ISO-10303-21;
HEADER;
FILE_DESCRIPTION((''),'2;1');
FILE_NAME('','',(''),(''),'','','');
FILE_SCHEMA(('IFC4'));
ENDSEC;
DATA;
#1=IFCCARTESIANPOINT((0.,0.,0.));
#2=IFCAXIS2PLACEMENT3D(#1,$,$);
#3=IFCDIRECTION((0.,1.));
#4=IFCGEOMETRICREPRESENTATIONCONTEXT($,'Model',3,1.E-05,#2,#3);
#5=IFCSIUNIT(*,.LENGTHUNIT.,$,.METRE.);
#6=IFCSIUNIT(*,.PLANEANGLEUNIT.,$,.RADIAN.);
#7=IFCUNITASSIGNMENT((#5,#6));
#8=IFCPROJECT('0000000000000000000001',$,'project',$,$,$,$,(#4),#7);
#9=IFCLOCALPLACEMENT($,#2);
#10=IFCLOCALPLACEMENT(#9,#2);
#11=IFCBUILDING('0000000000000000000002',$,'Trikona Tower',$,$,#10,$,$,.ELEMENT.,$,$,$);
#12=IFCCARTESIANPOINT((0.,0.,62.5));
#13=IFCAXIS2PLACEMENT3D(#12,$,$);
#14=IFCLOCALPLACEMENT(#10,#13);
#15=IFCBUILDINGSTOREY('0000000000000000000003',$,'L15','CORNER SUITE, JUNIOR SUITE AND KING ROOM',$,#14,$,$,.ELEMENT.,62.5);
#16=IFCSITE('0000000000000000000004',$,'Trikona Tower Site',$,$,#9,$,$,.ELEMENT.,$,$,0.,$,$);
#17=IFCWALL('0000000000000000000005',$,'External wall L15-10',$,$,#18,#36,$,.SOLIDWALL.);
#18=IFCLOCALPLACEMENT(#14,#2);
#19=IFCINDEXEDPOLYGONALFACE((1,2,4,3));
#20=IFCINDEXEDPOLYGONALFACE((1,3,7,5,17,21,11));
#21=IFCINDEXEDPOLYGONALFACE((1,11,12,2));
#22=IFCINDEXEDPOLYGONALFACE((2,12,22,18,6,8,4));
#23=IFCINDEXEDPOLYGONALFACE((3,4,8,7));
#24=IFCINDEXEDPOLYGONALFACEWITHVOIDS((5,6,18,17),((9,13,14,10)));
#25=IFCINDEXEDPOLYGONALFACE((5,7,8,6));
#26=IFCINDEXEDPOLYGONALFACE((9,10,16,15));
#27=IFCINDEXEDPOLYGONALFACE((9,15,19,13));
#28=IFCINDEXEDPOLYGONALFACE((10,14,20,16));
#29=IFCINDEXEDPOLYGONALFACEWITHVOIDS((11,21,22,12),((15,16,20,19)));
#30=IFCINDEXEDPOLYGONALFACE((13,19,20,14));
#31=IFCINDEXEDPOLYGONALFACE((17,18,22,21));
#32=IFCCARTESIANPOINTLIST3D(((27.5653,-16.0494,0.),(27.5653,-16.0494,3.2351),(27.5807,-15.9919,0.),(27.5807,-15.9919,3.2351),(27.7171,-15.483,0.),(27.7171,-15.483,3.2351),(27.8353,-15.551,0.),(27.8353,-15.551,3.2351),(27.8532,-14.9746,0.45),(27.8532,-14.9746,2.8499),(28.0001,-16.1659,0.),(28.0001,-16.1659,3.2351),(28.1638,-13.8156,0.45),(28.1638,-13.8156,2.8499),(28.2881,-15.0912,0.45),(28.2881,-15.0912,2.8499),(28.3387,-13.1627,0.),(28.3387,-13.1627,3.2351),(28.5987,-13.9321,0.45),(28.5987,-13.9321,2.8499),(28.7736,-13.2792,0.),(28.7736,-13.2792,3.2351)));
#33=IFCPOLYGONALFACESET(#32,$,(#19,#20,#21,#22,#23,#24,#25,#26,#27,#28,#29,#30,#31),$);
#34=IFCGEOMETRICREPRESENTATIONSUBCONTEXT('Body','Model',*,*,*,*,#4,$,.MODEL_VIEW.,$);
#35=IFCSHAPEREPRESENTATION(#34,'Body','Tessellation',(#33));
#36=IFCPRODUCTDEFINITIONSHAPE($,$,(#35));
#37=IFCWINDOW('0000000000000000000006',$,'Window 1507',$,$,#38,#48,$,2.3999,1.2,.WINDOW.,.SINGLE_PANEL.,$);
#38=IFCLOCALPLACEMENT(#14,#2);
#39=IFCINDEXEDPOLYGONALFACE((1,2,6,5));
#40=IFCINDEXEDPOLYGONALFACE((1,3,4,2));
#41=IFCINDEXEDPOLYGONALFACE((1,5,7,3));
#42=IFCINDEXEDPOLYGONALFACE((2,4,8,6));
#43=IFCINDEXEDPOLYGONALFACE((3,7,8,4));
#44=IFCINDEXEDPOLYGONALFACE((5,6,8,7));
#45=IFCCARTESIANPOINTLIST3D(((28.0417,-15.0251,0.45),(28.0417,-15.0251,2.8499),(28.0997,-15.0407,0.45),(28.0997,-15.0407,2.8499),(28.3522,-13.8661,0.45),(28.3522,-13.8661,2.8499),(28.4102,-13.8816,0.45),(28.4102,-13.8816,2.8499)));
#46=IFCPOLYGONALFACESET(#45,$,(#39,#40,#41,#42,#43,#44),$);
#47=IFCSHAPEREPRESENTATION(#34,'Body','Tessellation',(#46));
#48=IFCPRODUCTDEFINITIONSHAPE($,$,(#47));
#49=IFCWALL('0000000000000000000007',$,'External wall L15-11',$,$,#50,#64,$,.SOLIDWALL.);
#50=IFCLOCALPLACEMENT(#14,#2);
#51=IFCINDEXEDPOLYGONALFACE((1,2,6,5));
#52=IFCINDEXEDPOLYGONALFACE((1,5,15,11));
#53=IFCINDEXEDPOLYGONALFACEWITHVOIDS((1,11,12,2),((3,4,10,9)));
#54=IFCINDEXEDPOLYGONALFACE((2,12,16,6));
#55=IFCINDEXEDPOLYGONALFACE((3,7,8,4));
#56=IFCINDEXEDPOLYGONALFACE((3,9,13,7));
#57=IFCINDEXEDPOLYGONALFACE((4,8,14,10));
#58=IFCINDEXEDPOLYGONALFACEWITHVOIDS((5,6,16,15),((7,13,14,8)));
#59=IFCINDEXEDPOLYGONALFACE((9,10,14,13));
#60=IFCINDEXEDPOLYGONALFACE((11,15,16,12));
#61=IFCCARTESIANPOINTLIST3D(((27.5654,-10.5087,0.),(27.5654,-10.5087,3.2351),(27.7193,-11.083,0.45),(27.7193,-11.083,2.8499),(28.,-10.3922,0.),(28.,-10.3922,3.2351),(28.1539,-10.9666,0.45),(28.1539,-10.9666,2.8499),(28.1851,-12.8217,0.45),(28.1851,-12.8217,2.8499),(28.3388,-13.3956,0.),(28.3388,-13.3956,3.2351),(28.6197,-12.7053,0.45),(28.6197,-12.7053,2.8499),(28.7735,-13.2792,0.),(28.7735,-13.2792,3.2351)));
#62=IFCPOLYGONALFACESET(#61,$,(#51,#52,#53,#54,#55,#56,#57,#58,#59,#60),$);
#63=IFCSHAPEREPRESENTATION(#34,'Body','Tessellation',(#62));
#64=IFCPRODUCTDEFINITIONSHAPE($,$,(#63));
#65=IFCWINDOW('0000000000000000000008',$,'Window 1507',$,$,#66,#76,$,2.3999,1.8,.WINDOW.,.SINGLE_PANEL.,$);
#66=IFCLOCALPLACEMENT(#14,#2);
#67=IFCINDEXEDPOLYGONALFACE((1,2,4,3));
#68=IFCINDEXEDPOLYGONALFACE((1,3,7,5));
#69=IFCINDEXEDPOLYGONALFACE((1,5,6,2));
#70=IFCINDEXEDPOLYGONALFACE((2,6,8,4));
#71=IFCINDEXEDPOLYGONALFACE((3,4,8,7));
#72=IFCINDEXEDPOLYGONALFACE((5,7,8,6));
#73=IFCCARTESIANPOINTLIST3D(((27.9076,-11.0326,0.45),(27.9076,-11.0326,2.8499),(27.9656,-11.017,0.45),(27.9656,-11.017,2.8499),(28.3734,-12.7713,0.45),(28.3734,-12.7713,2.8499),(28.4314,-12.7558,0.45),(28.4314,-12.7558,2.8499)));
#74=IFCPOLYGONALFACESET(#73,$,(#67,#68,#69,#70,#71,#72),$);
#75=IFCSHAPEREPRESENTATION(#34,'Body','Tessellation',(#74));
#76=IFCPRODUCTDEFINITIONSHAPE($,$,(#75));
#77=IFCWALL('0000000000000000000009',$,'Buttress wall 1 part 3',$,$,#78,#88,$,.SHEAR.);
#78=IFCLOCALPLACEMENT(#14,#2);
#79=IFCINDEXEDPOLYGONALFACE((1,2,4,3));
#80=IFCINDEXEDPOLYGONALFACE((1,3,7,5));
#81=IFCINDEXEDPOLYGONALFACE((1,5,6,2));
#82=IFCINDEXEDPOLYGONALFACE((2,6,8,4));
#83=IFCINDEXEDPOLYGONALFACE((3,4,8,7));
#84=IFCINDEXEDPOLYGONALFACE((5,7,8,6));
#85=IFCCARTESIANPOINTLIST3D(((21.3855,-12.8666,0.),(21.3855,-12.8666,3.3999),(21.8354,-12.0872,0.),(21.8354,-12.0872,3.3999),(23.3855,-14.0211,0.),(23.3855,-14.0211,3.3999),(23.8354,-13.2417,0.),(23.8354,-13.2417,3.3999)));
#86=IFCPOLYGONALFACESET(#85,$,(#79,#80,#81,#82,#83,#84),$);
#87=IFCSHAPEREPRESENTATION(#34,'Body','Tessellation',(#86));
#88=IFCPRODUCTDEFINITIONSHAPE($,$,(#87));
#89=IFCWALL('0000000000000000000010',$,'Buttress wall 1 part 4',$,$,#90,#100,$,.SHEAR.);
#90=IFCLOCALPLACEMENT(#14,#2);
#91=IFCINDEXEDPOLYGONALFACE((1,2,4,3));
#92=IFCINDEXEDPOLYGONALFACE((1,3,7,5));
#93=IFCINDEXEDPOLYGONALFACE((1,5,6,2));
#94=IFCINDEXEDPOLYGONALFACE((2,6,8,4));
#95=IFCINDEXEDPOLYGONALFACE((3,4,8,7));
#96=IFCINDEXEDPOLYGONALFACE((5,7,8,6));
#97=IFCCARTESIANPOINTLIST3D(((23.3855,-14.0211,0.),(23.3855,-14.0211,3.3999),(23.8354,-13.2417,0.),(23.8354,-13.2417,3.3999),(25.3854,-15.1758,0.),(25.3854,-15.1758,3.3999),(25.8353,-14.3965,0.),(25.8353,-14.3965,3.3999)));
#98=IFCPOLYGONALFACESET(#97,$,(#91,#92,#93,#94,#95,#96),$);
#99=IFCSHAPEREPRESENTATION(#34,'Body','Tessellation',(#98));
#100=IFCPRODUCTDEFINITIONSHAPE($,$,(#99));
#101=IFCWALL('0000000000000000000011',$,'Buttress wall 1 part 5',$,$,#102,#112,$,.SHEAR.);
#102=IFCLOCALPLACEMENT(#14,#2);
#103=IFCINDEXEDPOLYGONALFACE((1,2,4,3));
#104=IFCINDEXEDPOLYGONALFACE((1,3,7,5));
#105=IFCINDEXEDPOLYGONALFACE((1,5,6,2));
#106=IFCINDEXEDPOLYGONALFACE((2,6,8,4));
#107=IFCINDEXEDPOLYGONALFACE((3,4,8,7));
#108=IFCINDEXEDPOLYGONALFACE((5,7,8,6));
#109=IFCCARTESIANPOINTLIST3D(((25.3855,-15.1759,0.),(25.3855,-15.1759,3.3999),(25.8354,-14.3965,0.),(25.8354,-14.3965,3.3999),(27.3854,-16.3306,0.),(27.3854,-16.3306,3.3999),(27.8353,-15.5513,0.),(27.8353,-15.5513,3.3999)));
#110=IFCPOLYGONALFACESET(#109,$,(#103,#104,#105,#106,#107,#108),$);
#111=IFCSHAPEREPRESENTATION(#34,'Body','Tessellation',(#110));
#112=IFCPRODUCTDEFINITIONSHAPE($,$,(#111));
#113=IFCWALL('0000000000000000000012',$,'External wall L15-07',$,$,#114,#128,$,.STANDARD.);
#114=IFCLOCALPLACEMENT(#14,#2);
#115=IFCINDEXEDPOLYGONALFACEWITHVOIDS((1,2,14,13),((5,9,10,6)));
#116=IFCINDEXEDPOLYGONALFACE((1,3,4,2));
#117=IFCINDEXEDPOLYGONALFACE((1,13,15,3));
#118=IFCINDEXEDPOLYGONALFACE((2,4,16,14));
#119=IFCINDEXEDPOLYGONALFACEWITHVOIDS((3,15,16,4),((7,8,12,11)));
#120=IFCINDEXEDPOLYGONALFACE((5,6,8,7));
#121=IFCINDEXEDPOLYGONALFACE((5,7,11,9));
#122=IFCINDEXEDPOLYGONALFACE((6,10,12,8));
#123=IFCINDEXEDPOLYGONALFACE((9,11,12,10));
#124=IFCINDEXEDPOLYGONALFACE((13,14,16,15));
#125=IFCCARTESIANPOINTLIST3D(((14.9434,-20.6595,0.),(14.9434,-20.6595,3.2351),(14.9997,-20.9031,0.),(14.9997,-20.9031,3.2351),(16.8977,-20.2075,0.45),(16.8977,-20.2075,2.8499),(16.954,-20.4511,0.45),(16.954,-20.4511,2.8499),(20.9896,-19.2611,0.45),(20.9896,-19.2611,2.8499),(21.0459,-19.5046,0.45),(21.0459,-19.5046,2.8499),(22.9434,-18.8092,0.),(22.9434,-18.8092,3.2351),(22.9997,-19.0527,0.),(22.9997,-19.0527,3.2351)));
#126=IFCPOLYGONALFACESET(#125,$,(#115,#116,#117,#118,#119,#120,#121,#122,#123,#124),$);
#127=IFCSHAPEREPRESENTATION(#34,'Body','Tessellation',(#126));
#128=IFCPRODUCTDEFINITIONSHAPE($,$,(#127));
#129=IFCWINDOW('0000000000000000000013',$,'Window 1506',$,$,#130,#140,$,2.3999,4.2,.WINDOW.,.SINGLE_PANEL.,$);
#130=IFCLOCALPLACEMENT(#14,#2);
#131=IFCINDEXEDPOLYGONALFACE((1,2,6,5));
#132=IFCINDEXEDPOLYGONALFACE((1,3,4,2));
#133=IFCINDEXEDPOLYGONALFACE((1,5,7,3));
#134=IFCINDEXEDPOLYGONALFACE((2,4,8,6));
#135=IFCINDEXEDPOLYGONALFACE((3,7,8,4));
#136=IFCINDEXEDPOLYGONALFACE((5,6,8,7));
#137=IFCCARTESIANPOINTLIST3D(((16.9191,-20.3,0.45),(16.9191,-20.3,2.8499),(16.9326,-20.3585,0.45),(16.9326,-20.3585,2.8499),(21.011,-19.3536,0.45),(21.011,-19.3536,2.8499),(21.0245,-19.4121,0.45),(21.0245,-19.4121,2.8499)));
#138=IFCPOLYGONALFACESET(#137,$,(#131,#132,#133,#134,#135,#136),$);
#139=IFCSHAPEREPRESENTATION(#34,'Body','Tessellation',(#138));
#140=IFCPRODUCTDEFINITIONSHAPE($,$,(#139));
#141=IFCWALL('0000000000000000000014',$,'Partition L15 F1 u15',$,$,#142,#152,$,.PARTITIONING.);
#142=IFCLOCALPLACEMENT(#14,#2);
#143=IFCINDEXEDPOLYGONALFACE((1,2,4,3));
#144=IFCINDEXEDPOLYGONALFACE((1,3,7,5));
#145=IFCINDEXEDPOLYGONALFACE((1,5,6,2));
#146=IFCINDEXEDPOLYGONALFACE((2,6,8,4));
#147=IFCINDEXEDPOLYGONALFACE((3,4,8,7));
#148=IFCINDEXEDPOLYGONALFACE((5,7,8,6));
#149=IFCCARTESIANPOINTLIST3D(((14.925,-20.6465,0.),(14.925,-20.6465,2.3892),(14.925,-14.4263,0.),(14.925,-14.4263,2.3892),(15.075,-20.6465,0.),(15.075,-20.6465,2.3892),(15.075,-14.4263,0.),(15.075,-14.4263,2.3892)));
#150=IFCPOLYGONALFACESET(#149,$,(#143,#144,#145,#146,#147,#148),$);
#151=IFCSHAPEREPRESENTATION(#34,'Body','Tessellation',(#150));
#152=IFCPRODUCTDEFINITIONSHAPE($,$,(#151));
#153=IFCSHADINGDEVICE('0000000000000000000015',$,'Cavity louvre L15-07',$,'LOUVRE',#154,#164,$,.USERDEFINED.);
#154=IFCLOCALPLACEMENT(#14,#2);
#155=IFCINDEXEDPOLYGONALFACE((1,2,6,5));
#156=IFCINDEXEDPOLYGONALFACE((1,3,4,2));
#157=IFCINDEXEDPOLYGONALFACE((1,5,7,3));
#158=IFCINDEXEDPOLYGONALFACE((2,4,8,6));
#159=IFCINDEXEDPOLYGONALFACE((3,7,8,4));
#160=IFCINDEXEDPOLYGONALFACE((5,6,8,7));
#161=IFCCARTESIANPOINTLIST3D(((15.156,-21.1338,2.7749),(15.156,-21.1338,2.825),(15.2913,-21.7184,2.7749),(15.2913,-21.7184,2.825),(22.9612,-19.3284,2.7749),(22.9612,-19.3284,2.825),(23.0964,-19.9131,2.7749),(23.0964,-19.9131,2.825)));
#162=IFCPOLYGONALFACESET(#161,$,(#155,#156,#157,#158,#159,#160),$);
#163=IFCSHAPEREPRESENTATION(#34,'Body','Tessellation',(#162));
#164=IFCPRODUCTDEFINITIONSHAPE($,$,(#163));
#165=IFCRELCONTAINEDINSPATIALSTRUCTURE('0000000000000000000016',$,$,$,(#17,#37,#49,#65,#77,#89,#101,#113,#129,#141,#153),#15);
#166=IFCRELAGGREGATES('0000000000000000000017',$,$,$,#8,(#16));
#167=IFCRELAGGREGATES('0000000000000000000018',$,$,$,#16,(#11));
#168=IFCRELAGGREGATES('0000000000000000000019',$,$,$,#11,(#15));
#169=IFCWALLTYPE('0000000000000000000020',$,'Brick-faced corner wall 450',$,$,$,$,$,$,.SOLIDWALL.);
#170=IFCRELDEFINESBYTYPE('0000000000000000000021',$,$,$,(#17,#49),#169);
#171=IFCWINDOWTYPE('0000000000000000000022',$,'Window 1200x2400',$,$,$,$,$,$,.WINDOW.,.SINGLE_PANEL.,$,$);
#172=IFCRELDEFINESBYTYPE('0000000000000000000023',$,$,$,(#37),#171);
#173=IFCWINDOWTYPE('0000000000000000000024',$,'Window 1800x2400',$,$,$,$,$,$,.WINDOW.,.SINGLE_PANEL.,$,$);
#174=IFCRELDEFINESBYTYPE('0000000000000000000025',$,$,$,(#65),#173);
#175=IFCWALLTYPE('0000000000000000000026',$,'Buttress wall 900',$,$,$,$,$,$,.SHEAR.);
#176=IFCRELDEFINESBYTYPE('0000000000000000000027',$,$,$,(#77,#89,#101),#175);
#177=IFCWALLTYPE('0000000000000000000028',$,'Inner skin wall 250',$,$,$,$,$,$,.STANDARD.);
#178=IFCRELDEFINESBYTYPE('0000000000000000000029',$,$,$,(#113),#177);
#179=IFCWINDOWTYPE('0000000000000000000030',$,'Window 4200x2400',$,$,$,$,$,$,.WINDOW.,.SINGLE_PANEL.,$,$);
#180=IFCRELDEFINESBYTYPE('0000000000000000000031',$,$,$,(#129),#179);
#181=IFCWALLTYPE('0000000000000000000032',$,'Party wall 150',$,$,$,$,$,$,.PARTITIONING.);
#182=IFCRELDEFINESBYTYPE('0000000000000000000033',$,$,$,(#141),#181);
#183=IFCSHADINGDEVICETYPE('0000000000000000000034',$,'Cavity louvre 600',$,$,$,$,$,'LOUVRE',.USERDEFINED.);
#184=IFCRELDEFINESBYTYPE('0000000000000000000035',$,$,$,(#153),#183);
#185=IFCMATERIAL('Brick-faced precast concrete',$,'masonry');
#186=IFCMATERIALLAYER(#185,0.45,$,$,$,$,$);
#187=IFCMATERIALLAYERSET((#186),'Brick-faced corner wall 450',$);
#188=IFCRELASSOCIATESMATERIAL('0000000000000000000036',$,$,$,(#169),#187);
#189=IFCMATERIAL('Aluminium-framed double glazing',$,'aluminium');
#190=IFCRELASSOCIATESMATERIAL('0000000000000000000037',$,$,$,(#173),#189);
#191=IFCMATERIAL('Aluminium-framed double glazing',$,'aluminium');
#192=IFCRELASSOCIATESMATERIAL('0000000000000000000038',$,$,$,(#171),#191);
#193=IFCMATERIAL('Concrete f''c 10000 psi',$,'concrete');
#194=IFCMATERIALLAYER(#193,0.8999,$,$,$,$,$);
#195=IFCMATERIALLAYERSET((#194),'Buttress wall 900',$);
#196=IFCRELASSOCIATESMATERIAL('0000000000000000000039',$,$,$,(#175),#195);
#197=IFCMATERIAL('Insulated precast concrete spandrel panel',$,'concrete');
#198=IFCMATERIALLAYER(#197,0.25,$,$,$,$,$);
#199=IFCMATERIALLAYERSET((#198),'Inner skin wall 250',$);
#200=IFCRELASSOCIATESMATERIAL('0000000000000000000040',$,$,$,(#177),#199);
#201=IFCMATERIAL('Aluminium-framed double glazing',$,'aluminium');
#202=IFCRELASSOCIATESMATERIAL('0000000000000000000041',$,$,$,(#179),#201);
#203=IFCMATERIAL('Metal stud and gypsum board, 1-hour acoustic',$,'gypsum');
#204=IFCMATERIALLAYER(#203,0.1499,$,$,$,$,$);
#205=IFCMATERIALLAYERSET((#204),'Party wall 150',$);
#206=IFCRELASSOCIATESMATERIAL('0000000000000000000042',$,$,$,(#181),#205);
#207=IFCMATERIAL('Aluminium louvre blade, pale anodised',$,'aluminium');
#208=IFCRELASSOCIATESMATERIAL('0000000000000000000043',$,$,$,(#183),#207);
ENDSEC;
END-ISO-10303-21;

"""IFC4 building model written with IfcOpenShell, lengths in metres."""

from ifc_helpers import new_model, si_unit, direction, frame, frame_2d, origin, origin_2d, place, context, subcontext, project, spatial, polyline, rectangle, outline, extrude, material, layer, layer_set, type_object, element, fill, save


model = new_model("IFC4")

# Units and contexts
model_context = context("Model", 3, precision=1e-05, world=origin(), true_north=direction((0.0, 1.0)))
body_context = subcontext(model_context, "Body", "Model", "MODEL_VIEW")
ifc_project = project(units=[si_unit("LENGTHUNIT", "METRE"), si_unit("PLANEANGLEUNIT", "RADIAN")], contexts=[model_context])

# Site, building, storey
site_placement = place(None, origin())
site = spatial("IfcSite", under=ifc_project, at=site_placement, Name="Trikona Tower Site", CompositionType="ELEMENT", RefElevation=0.0)
building_placement = place(site_placement, origin())
building = spatial("IfcBuilding", under=site, at=building_placement, Name="Trikona Tower", CompositionType="ELEMENT")
storey_placement = place(building_placement, frame((0.0, 0.0, 62.5)))
storey = spatial("IfcBuildingStorey", under=building, at=storey_placement, Name="L15", Description="CORNER SUITE, JUNIOR SUITE AND KING ROOM", CompositionType="ELEMENT", Elevation=62.5)

# Walls, openings, windows
ifc_material_1 = material(Name="Brick-faced precast concrete", Category="masonry")
ifc_layer_1 = layer(ifc_material_1, 0.45)
ifc_layer_set_1 = layer_set([ifc_layer_1], Name="Brick-faced corner wall 450")
wall_type_1 = type_object("IfcWallType", Name="Brick-faced corner wall 450", PredefinedType="SOLIDWALL", material=ifc_layer_set_1)
ifc_material_2 = material(Name="Aluminium-framed double glazing", Category="aluminium")
window_type_1 = type_object("IfcWindowType", Name="Window 1800x2400", PartitioningType="SINGLE_PANEL", PredefinedType="WINDOW", material=ifc_material_2)
ifc_material_3 = material(Name="Aluminium-framed double glazing", Category="aluminium")
window_type_2 = type_object("IfcWindowType", Name="Window 1200x2400", PartitioningType="SINGLE_PANEL", PredefinedType="WINDOW", material=ifc_material_3)
wall_1_placement = place(storey_placement, frame((27.7827, -16.1077, 0.0), z_axis=(0.0, 0.0, 1.0), x_axis=(0.258801, 0.965931, 0.0)))
wall_1 = element("IfcWall", 1, at=wall_1_placement, inside=storey, type_object=wall_type_1, Name="External wall L15-10", PredefinedType="SOLIDWALL", context=body_context, shape_type="SweptSolid", body=[
    extrude(outline(polyline([(2.9885, 0.2251), (0.5864, 0.2251), (0.5513, 0.0933), (0.0596, 0.2251), (0.0, 0.2251), (0.0, -0.2251), (2.9885, -0.2251), (2.9885, 0.2251)])), origin(), (0.0, 0.0, 1.0), 3.2351),
])
opening_1_placement = place(wall_1_placement, frame((1.1125, 0.0, 0.45)))
opening_1 = element("IfcOpeningElement", 2, at=opening_1_placement, cuts=wall_1, PredefinedType="OPENING", context=body_context, shape_type="SweptSolid", body=[
    extrude(rectangle(XDim=1.2, YDim=2.3999, at=frame_2d((0.6001, 1.2))), frame((0.0, 0.2349, 0.0), z_axis=(0.0, -1.0, 0.0), x_axis=(1.0, 0.0, 0.0)), (0.0, 0.0, 1.0), 0.47),
])
window_1_placement = place(opening_1_placement, origin())
window_1 = element("IfcWindow", 3, at=window_1_placement, inside=storey, type_object=window_type_2, Name="Window 1507", OverallHeight=2.3999, OverallWidth=1.2, PartitioningType="SINGLE_PANEL", PredefinedType="WINDOW", context=body_context, shape_type="SweptSolid", body=[
    extrude(rectangle(XDim=1.2, YDim=2.3999, at=frame_2d((0.6001, 1.2))), frame((0.0, 0.03, 0.0), z_axis=(0.0, -1.0, 0.0), x_axis=(1.0, 0.0, 0.0)), (0.0, 0.0, 1.0), 0.0601),
])
fill(opening_1, window_1)
wall_2_placement = place(storey_placement, frame((28.5562, -13.3374, 0.0), z_axis=(0.0, 0.0, 1.0), x_axis=(-0.258781, 0.965936, 0.0)))
wall_2 = element("IfcWall", 4, at=wall_2_placement, inside=storey, type_object=wall_type_1, Name="External wall L15-11", PredefinedType="SOLIDWALL", context=body_context, shape_type="SweptSolid", body=[
    extrude(rectangle(XDim=2.9888, YDim=0.45, at=frame_2d((1.4944, 0.0))), origin(), (0.0, 0.0, 1.0), 3.2351),
])
opening_2_placement = place(wall_2_placement, frame((0.5942, 0.0, 0.45)))
opening_2 = element("IfcOpeningElement", 5, at=opening_2_placement, cuts=wall_2, PredefinedType="OPENING", context=body_context, shape_type="SweptSolid", body=[
    extrude(rectangle(XDim=1.8, YDim=2.3999, at=frame_2d((0.8999, 1.2))), frame((0.0, 0.2349, 0.0), z_axis=(0.0, -1.0, 0.0), x_axis=(1.0, 0.0, 0.0)), (0.0, 0.0, 1.0), 0.47),
])
window_2_placement = place(opening_2_placement, origin())
window_2 = element("IfcWindow", 6, at=window_2_placement, inside=storey, type_object=window_type_1, Name="Window 1507", OverallHeight=2.3999, OverallWidth=1.8, PartitioningType="SINGLE_PANEL", PredefinedType="WINDOW", context=body_context, shape_type="SweptSolid", body=[
    extrude(rectangle(XDim=1.8, YDim=2.3999, at=frame_2d((0.8999, 1.2))), frame((0.0, 0.03, 0.0), z_axis=(0.0, -1.0, 0.0), x_axis=(1.0, 0.0, 0.0)), (0.0, 0.0, 1.0), 0.0601),
])
fill(opening_2, window_2)

# Walls
ifc_material_4 = material(Name="Concrete f'c 10000 psi", Category="concrete")
ifc_layer_2 = layer(ifc_material_4, 0.8999)
ifc_layer_set_2 = layer_set([ifc_layer_2], Name="Buttress wall 900")
wall_type_2 = type_object("IfcWallType", Name="Buttress wall 900", PredefinedType="SHEAR", material=ifc_layer_set_2)
for number, where, z_axis, x_axis, name in (
    (7, (21.6104, -12.4768, 0.0), (0.0, 0.0, 1.0), (0.866055, -0.499948, 0.0), "Buttress wall 1 part 3"),
    (8, (23.6104, -13.6313, 0.0), (0.0, 0.0, 1.0), (0.86601, -0.500027, 0.0), "Buttress wall 1 part 4"),
    (9, (25.6104, -14.7861, 0.0), (0.0, 0.0, 1.0), (0.86601, -0.500027, 0.0), "Buttress wall 1 part 5"),
):
    element("IfcWall", number, at=place(storey_placement, frame(where, z_axis=z_axis, x_axis=x_axis)), inside=storey, type_object=wall_type_2, Name=name, PredefinedType="SHEAR", context=body_context, shape_type="SweptSolid", body=[
        extrude(rectangle(XDim=2.3093, YDim=0.8999, at=frame_2d((1.1548, 0.0))), origin(), (0.0, 0.0, 1.0), 3.3999),
    ])

# Wall, opening, window
ifc_material_5 = material(Name="Insulated precast concrete spandrel panel", Category="concrete")
ifc_layer_3 = layer(ifc_material_5, 0.25)
ifc_layer_set_3 = layer_set([ifc_layer_3], Name="Inner skin wall 250")
wall_type_3 = type_object("IfcWallType", Name="Inner skin wall 250", PredefinedType="STANDARD", material=ifc_layer_set_3)
wall_3_placement = place(storey_placement, frame((14.9717, -20.7812, 0.0), z_axis=(0.0, 0.0, 1.0), x_axis=(0.974279, 0.225344, 0.0)))
wall_3 = element("IfcWall", 10, at=wall_3_placement, inside=storey, type_object=wall_type_3, Name="External wall L15-07", PredefinedType="STANDARD", context=body_context, shape_type="SweptSolid", body=[
    extrude(rectangle(XDim=8.2112, YDim=0.25, at=frame_2d((4.1055, 0.0))), origin(), (0.0, 0.0, 1.0), 3.2351),
])
opening_3_placement = place(wall_3_placement, frame((2.0056, 0.0, 0.45)))
opening_3 = element("IfcOpeningElement", 11, at=opening_3_placement, cuts=wall_3, PredefinedType="OPENING", context=body_context, shape_type="SweptSolid", body=[
    extrude(rectangle(XDim=4.2, YDim=2.3999, at=frame_2d((2.1001, 1.2))), frame((0.0, 0.135, 0.0), z_axis=(0.0, -1.0, 0.0), x_axis=(1.0, 0.0, 0.0)), (0.0, 0.0, 1.0), 0.27),
])
ifc_material_6 = material(Name="Aluminium-framed double glazing", Category="aluminium")
window_type_3 = type_object("IfcWindowType", Name="Window 4200x2400", PartitioningType="SINGLE_PANEL", PredefinedType="WINDOW", material=ifc_material_6)
window_3_placement = place(opening_3_placement, origin())
window_3 = element("IfcWindow", 12, at=window_3_placement, inside=storey, type_object=window_type_3, Name="Window 1506", OverallHeight=2.3999, OverallWidth=4.2, PartitioningType="SINGLE_PANEL", PredefinedType="WINDOW", context=body_context, shape_type="SweptSolid", body=[
    extrude(rectangle(XDim=4.2, YDim=2.3999, at=frame_2d((2.1001, 1.2))), frame((0.0, 0.03, 0.0), z_axis=(0.0, -1.0, 0.0), x_axis=(1.0, 0.0, 0.0)), (0.0, 0.0, 1.0), 0.0601),
])
fill(opening_3, window_3)

# Wall
ifc_material_7 = material(Name="Metal stud and gypsum board, 1-hour acoustic", Category="gypsum")
ifc_layer_4 = layer(ifc_material_7, 0.1499)
ifc_layer_set_4 = layer_set([ifc_layer_4], Name="Party wall 150")
wall_type_4 = type_object("IfcWallType", Name="Party wall 150", PredefinedType="PARTITIONING", material=ifc_layer_set_4)
wall_4_placement = place(storey_placement, frame((15.0, -14.4263, 0.0), z_axis=(0.0, 0.0, 1.0), x_axis=(0.0, -1.0, 0.0)))
element("IfcWall", 13, at=wall_4_placement, inside=storey, type_object=wall_type_4, Name="Partition L15 F1 u15", PredefinedType="PARTITIONING", context=body_context, shape_type="SweptSolid", body=[
    extrude(rectangle(XDim=6.2202, YDim=0.1499, at=frame_2d((3.1101, 0.0))), origin(), (0.0, 0.0, 1.0), 2.3892),
])

# Shading device
ifc_material_8 = material(Name="Aluminium louvre blade, pale anodised", Category="aluminium")
shading_device_type = type_object("IfcShadingDeviceType", Name="Cavity louvre 600", ElementType="LOUVRE", PredefinedType="USERDEFINED", material=ifc_material_8)
shading_device_placement = place(storey_placement, frame((19.1262, -20.5234, 2.7749), z_axis=(0.0, 0.0, 1.0), x_axis=(0.974278, 0.225351, 0.0)))
element("IfcShadingDevice", 14, at=shading_device_placement, inside=storey, type_object=shading_device_type, Name="Cavity louvre L15-07", ObjectType="LOUVRE", PredefinedType="USERDEFINED", context=body_context, shape_type="SweptSolid", body=[
    extrude(rectangle(XDim=8.0112, YDim=0.6001, at=origin_2d()), origin(), (0.0, 0.0, 1.0), 0.05),
])

save(model, "model.ifc")
